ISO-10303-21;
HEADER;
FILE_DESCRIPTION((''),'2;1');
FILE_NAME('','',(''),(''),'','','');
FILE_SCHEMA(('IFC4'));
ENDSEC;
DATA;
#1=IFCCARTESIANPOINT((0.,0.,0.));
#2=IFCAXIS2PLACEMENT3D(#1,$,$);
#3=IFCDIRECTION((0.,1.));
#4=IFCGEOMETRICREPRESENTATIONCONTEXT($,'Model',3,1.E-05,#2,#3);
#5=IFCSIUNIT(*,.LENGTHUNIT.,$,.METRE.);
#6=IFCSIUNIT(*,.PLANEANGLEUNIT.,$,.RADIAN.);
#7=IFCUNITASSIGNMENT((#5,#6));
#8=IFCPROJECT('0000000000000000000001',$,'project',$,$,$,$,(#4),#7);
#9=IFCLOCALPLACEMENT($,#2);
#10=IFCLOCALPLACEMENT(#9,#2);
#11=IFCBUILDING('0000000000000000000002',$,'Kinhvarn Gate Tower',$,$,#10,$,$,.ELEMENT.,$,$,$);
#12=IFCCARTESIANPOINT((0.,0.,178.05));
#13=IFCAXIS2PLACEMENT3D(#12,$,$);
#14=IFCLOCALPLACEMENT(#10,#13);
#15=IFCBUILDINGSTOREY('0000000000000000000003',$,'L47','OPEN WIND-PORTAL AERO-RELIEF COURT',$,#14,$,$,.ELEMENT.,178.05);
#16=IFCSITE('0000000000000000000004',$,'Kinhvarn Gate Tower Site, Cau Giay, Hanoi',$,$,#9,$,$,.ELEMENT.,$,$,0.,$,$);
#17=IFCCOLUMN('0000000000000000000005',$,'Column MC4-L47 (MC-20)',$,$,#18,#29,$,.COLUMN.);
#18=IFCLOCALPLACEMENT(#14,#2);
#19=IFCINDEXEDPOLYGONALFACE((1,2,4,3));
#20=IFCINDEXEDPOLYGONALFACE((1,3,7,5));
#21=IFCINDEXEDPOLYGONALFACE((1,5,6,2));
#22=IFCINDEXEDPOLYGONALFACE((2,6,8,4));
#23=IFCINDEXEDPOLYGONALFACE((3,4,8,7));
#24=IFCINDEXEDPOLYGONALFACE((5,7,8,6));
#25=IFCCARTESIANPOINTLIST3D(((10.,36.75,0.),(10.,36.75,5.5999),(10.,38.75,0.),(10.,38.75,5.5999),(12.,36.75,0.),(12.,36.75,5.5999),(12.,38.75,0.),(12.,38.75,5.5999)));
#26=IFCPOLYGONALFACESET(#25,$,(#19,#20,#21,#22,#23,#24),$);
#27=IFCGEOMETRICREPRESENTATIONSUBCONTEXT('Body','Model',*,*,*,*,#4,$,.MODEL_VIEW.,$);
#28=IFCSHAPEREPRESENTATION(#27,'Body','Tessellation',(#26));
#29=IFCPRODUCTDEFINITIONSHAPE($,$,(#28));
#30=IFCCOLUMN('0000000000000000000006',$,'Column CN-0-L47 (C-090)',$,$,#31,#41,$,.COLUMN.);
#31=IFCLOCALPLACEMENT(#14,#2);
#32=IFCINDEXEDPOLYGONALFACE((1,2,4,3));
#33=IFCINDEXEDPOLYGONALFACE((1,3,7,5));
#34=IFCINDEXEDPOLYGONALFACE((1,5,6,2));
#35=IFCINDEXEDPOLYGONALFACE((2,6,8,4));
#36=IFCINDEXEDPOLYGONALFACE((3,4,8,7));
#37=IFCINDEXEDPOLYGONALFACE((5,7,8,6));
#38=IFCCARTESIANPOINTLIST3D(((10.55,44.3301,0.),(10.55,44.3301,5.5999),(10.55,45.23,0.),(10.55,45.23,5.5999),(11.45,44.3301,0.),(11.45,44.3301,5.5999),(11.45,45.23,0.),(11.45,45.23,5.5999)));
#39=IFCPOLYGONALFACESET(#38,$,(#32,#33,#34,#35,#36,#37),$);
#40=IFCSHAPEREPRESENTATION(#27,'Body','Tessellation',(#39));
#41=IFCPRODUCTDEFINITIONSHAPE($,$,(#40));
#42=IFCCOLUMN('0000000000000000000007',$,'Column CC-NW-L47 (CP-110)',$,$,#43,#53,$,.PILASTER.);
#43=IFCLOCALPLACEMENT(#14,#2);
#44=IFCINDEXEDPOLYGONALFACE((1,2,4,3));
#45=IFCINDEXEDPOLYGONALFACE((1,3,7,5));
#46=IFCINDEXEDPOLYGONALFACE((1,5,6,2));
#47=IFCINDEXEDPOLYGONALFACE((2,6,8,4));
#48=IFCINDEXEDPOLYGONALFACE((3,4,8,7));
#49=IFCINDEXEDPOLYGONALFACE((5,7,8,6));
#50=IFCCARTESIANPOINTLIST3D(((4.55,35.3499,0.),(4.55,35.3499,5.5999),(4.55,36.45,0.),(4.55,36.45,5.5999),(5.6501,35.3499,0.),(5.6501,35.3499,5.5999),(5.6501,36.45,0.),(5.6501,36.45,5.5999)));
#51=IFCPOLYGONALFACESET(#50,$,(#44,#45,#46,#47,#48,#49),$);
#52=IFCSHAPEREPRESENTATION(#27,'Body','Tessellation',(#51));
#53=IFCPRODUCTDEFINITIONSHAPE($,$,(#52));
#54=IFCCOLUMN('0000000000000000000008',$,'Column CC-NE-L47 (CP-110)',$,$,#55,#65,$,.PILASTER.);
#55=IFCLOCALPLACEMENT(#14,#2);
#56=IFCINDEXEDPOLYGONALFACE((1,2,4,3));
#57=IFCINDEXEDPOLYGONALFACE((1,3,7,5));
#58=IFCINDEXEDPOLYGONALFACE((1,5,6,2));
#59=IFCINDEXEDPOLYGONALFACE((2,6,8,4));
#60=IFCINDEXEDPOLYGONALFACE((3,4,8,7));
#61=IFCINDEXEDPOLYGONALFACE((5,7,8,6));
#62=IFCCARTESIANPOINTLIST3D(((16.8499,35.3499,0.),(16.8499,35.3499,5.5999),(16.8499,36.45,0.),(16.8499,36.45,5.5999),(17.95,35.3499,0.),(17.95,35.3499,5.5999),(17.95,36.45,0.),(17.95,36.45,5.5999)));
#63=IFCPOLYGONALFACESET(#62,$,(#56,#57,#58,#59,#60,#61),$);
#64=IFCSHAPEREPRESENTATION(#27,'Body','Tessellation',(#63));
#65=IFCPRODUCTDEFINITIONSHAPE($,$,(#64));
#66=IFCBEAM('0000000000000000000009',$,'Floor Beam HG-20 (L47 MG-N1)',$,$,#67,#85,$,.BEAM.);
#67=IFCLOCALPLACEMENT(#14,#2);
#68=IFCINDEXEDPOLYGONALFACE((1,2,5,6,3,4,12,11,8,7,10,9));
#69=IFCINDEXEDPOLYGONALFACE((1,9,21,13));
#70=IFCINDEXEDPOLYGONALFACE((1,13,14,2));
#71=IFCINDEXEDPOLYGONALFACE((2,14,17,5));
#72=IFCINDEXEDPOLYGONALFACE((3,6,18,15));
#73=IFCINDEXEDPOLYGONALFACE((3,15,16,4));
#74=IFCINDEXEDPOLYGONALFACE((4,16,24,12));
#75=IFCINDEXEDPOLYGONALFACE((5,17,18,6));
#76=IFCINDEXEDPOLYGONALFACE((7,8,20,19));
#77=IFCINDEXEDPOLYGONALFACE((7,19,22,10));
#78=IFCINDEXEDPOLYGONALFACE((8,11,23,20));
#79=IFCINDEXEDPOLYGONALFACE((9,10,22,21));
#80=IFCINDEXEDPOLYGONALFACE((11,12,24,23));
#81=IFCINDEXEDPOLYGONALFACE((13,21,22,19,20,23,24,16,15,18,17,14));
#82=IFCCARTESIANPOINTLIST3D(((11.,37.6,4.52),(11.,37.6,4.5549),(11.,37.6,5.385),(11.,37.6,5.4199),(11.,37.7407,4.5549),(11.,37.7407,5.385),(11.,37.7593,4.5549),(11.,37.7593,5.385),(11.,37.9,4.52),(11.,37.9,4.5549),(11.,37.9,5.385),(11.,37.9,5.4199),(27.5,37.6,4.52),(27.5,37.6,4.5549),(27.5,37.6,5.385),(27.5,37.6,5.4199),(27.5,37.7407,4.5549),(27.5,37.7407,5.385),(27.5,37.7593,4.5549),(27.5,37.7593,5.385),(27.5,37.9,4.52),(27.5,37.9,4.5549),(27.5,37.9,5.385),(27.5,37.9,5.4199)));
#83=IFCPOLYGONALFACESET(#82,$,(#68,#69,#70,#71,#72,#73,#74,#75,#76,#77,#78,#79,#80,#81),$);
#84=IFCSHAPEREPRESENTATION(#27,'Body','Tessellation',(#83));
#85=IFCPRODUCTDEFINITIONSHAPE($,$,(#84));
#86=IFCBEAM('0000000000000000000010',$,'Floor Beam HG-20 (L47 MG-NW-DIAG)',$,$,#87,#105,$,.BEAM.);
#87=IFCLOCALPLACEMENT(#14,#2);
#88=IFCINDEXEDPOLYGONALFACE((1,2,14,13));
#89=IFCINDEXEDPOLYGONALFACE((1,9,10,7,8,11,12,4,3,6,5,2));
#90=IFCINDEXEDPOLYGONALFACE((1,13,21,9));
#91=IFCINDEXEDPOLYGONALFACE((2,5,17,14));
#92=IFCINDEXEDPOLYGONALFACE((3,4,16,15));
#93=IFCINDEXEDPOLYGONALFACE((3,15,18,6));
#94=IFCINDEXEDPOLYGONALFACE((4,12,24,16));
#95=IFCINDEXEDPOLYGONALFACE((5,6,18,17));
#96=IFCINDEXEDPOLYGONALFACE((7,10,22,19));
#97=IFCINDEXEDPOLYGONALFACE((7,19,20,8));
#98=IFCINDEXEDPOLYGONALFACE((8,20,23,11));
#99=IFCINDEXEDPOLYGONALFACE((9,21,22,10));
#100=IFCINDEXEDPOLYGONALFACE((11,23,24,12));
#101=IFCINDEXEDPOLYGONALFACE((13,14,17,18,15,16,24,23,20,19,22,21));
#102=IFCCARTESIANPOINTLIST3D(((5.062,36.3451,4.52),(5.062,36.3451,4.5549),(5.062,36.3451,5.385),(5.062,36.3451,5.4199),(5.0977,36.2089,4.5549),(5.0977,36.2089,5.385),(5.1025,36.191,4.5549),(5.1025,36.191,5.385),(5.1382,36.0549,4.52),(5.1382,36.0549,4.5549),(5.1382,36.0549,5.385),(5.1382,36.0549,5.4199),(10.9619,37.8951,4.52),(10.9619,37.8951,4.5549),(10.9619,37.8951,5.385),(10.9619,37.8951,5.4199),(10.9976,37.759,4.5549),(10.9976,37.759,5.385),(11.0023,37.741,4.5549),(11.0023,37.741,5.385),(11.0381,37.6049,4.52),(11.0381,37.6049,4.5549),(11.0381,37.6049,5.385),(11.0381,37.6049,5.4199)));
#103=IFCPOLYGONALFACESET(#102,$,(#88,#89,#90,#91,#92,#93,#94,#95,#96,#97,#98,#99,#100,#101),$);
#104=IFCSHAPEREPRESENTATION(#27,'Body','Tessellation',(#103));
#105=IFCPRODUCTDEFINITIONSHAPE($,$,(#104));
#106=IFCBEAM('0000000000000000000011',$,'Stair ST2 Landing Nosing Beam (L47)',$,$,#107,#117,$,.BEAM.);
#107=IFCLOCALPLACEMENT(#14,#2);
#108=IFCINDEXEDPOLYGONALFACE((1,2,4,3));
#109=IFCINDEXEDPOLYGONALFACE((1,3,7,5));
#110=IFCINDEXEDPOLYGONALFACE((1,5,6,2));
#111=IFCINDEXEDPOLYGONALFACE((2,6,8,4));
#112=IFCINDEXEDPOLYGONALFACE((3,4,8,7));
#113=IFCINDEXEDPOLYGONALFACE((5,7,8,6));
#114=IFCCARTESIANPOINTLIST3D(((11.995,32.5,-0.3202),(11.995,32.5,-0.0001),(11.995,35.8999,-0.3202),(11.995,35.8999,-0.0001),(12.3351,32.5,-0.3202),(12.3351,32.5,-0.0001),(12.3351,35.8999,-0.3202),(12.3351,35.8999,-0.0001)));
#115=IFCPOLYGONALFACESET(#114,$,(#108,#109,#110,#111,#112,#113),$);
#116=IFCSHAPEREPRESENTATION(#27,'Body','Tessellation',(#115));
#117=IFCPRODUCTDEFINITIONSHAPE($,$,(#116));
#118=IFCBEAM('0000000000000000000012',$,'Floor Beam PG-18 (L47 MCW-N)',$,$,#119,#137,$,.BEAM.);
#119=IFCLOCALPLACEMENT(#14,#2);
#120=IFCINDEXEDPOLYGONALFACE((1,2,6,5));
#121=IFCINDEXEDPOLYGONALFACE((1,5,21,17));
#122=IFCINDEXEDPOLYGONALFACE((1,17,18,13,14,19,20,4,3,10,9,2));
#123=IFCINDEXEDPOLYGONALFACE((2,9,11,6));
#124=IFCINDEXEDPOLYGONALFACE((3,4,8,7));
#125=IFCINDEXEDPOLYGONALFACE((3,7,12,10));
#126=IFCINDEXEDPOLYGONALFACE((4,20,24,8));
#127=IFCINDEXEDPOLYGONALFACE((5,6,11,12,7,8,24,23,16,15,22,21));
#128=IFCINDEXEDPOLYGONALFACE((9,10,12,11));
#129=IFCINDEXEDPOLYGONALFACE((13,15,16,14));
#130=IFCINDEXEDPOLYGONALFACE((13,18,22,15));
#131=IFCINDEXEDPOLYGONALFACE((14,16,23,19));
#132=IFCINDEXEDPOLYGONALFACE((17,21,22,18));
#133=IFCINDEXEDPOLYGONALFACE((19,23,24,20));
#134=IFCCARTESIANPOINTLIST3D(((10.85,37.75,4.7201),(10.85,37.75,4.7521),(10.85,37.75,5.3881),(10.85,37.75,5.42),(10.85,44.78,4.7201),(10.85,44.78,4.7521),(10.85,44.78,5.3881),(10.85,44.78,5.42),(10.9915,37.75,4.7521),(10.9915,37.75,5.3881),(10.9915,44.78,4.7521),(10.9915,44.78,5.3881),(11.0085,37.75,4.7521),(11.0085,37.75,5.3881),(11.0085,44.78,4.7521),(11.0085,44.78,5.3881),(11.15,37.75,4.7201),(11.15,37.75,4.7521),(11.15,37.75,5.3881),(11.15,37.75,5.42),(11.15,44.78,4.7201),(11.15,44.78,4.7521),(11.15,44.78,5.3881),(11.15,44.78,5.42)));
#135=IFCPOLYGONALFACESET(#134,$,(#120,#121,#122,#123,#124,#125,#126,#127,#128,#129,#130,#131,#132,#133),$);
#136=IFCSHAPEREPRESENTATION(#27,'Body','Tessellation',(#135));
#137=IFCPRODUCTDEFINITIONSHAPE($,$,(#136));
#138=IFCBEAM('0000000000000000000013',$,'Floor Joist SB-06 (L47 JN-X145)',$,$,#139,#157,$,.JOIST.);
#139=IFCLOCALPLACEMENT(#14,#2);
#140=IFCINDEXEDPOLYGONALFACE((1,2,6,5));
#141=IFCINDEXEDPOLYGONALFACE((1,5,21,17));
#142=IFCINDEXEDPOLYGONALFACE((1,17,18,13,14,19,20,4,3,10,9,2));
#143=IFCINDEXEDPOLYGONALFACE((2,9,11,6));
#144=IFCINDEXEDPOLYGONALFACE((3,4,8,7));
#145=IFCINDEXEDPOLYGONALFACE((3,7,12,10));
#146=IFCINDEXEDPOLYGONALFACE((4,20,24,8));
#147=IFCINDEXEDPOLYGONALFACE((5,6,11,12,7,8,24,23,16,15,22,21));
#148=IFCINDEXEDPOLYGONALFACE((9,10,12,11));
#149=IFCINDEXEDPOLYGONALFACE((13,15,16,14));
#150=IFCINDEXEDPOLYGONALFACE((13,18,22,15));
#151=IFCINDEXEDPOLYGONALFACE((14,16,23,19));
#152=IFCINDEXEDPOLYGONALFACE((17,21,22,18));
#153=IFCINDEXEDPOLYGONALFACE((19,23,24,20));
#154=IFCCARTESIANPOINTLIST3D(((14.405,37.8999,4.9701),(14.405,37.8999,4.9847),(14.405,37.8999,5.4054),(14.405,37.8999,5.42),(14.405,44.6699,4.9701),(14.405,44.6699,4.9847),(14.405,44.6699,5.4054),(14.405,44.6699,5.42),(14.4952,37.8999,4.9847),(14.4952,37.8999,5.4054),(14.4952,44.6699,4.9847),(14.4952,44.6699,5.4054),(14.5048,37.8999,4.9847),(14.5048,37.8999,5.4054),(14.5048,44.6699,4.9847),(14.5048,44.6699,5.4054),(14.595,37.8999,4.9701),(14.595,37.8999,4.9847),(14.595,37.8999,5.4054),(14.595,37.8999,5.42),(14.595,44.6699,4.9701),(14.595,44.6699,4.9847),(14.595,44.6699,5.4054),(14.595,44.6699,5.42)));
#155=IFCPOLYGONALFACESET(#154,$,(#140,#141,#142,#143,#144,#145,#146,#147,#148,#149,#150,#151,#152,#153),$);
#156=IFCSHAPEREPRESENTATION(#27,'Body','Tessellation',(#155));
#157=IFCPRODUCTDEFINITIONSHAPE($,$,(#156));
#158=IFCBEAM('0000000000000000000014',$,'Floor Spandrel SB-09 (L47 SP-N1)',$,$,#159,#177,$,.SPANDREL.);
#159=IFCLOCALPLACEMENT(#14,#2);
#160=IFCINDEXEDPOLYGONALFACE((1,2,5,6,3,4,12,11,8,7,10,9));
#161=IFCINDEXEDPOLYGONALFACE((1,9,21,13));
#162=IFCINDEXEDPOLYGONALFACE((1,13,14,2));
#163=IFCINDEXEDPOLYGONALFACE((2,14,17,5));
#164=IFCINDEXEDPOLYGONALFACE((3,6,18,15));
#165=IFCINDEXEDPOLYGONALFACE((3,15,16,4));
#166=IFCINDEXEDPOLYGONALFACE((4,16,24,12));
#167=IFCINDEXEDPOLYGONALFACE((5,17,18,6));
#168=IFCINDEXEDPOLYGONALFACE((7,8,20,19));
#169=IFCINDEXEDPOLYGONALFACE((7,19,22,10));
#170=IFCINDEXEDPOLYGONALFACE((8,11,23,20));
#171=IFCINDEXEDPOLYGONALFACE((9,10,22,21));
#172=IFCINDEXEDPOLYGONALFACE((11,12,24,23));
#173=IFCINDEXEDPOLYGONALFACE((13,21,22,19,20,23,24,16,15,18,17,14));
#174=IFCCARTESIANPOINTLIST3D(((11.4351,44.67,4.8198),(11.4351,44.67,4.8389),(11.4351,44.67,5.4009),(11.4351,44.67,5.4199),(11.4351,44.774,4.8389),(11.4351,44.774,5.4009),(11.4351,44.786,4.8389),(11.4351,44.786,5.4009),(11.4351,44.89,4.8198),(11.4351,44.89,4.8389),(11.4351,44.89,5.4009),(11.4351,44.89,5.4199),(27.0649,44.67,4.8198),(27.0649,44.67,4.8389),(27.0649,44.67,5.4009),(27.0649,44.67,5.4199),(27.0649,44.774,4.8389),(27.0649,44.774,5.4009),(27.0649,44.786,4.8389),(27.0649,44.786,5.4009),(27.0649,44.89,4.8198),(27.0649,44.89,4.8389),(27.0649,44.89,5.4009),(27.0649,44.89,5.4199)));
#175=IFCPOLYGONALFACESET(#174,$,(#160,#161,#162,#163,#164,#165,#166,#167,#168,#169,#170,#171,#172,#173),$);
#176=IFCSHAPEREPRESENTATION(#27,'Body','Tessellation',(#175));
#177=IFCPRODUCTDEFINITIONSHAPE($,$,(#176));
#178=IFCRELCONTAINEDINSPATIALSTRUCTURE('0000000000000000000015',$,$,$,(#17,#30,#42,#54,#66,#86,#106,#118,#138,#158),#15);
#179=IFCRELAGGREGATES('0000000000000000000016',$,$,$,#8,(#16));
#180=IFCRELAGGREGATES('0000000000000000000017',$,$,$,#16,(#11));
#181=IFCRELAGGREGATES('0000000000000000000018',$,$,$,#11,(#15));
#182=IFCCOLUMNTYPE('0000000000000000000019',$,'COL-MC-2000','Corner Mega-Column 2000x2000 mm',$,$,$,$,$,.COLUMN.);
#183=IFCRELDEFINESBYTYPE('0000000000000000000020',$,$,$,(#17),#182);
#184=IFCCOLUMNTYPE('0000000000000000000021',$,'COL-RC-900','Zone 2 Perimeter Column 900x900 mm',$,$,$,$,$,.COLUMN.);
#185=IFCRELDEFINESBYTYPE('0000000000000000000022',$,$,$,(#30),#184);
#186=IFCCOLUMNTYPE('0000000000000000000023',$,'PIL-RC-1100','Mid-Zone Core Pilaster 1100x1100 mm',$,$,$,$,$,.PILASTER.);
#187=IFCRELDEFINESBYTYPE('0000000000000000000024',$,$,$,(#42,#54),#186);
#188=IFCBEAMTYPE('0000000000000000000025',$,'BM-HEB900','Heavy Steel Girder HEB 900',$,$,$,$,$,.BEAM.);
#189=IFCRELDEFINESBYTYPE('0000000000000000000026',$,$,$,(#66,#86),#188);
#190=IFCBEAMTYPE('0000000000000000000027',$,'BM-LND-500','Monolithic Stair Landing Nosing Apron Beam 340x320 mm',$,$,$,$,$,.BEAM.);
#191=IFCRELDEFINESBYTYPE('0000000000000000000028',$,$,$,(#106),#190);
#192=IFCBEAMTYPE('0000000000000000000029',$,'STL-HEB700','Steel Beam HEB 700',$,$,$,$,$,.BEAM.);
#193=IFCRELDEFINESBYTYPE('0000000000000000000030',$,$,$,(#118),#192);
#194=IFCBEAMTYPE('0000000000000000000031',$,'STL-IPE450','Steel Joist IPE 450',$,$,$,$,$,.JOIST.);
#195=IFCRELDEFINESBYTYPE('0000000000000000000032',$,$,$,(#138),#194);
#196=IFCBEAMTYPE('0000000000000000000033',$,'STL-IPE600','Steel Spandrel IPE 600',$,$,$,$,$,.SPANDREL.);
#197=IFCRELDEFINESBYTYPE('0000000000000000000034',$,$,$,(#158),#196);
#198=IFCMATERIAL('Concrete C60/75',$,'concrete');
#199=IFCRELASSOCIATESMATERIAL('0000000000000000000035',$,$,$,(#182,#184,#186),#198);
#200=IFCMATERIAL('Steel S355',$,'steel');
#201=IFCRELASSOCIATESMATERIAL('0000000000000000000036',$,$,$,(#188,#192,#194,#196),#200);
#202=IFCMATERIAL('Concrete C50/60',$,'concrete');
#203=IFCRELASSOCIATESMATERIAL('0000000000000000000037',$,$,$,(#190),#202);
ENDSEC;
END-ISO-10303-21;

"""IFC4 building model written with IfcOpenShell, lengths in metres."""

from ifc_helpers import new_model, si_unit, direction, frame, origin, origin_2d, place, context, subcontext, project, spatial, rectangle, i_section, extrude, material, material_profile, profile_set, type_object, element, save


model = new_model("IFC4")

# Units and contexts
model_context = context("Model", 3, precision=1e-05, world=origin(), true_north=direction((0.0, 1.0)))
body_context = subcontext(model_context, "Body", "Model", "MODEL_VIEW")
ifc_project = project(units=[si_unit("LENGTHUNIT", "METRE"), si_unit("PLANEANGLEUNIT", "RADIAN")], contexts=[model_context])

# Site, building, storey
site_placement = place(None, origin())
site = spatial("IfcSite", under=ifc_project, at=site_placement, Name="Kinhvarn Gate Tower Site, Cau Giay, Hanoi", CompositionType="ELEMENT", RefElevation=0.0)
building_placement = place(site_placement, origin())
building = spatial("IfcBuilding", under=site, at=building_placement, Name="Kinhvarn Gate Tower", CompositionType="ELEMENT")
storey_placement = place(building_placement, frame((0.0, 0.0, 178.05)))
storey = spatial("IfcBuildingStorey", under=building, at=storey_placement, Name="L47", Description="OPEN WIND-PORTAL AERO-RELIEF COURT", CompositionType="ELEMENT", Elevation=178.05)

# Columns
ifc_material_1 = material(Name="Concrete C60/75", Category="concrete")
ifc_material_profile_1 = material_profile(ifc_material_1, rectangle(XDim=2.0, YDim=2.0, at=origin_2d()), Name="RC 2000x2000")
ifc_profile_set_1 = profile_set([ifc_material_profile_1], Name="Concrete C60/75")
column_type_1 = type_object("IfcColumnType", Name="COL-MC-2000", Description="Corner Mega-Column 2000x2000 mm", PredefinedType="COLUMN", material=ifc_profile_set_1)
column_1_placement = place(storey_placement, frame((11.0, 37.75, 0.0), z_axis=(0.0, 0.0, 1.0), x_axis=(1.0, 0.0, 0.0)))
element("IfcColumn", 1, at=column_1_placement, inside=storey, type_object=column_type_1, Name="Column MC4-L47 (MC-20)", PredefinedType="COLUMN", context=body_context, shape_type="SweptSolid", body=[
    extrude(rectangle(XDim=2.0, YDim=2.0, at=origin_2d()), origin(), (0.0, 0.0, 1.0), 5.5999),
])
ifc_material_profile_2 = material_profile(ifc_material_1, rectangle(XDim=0.8999, YDim=0.8999, at=origin_2d()), Name="RC 900x900")
ifc_profile_set_2 = profile_set([ifc_material_profile_2], Name="Concrete C60/75")
column_type_2 = type_object("IfcColumnType", Name="COL-RC-900", Description="Zone 2 Perimeter Column 900x900 mm", PredefinedType="COLUMN", material=ifc_profile_set_2)
column_2_placement = place(storey_placement, frame((11.0, 44.78, 0.0), z_axis=(0.0, 0.0, 1.0), x_axis=(1.0, 0.0, 0.0)))
element("IfcColumn", 2, at=column_2_placement, inside=storey, type_object=column_type_2, Name="Column CN-0-L47 (C-090)", PredefinedType="COLUMN", context=body_context, shape_type="SweptSolid", body=[
    extrude(rectangle(XDim=0.8999, YDim=0.8999, at=origin_2d()), origin(), (0.0, 0.0, 1.0), 5.5999),
])
ifc_material_profile_3 = material_profile(ifc_material_1, rectangle(XDim=1.1001, YDim=1.1001, at=origin_2d()), Name="RC 1100x1100")
ifc_profile_set_3 = profile_set([ifc_material_profile_3], Name="Concrete C60/75")
column_type_3 = type_object("IfcColumnType", Name="PIL-RC-1100", Description="Mid-Zone Core Pilaster 1100x1100 mm", PredefinedType="PILASTER", material=ifc_profile_set_3)
for number, where, z_axis, x_axis, name in (
    (3, (5.1001, 35.8999, 0.0), (0.0, 0.0, 1.0), (1.0, 0.0, 0.0), "Column CC-NW-L47 (CP-110)"),
    (4, (17.3999, 35.8999, 0.0), (0.0, 0.0, 1.0), (1.0, 0.0, 0.0), "Column CC-NE-L47 (CP-110)"),
):
    element("IfcColumn", number, at=place(storey_placement, frame(where, z_axis=z_axis, x_axis=x_axis)), inside=storey, type_object=column_type_3, Name=name, PredefinedType="PILASTER", context=body_context, shape_type="SweptSolid", body=[
        extrude(rectangle(XDim=1.1001, YDim=1.1001, at=origin_2d()), origin(), (0.0, 0.0, 1.0), 5.5999),
    ])

# Beams
ifc_material_2 = material(Name="Steel S355", Category="steel")
ifc_material_profile_4 = material_profile(ifc_material_2, i_section(OverallWidth=0.3, OverallDepth=0.8999, WebThickness=0.0186, FlangeThickness=0.0349, at=origin_2d()), Name="HEB 900")
ifc_profile_set_4 = profile_set([ifc_material_profile_4], Name="Steel S355")
beam_type_1 = type_object("IfcBeamType", Name="BM-HEB900", Description="Heavy Steel Girder HEB 900", PredefinedType="BEAM", material=ifc_profile_set_4)
beam_1_placement = place(storey_placement, frame((11.0, 37.75, 4.97), z_axis=(1.0, 0.0, 0.0), x_axis=(0.0, 1.0, 0.0)))
element("IfcBeam", 5, at=beam_1_placement, inside=storey, type_object=beam_type_1, Name="Floor Beam HG-20 (L47 MG-N1)", PredefinedType="BEAM", context=body_context, shape_type="SweptSolid", body=[
    extrude(i_section(OverallWidth=0.3, OverallDepth=0.8999, WebThickness=0.0186, FlangeThickness=0.0349, at=origin_2d()), origin(), (0.0, 0.0, 1.0), 16.5),
])
beam_2_placement = place(storey_placement, frame((5.1001, 36.2, 4.97), z_axis=(0.967178, 0.254101, 0.0), x_axis=(-0.254101, 0.967178, 0.0)))
element("IfcBeam", 6, at=beam_2_placement, inside=storey, type_object=beam_type_1, Name="Floor Beam HG-20 (L47 MG-NW-DIAG)", PredefinedType="BEAM", context=body_context, shape_type="SweptSolid", body=[
    extrude(i_section(OverallWidth=0.3, OverallDepth=0.8999, WebThickness=0.0186, FlangeThickness=0.0349, at=origin_2d()), origin(), (0.0, 0.0, 1.0), 6.1001),
])
ifc_material_3 = material(Name="Concrete C50/60", Category="concrete")
ifc_material_profile_5 = material_profile(ifc_material_3, rectangle(XDim=0.3401, YDim=0.3201, at=origin_2d()), Name="RC 340x320")
ifc_profile_set_5 = profile_set([ifc_material_profile_5], Name="Concrete C50/60")
beam_type_2 = type_object("IfcBeamType", Name="BM-LND-500", Description="Monolithic Stair Landing Nosing Apron Beam 340x320 mm", PredefinedType="BEAM", material=ifc_profile_set_5)
beam_3_placement = place(storey_placement, frame((12.165, 32.5, -0.1602), z_axis=(0.0, 1.0, 0.0), x_axis=(-1.0, 0.0, 0.0)))
element("IfcBeam", 7, at=beam_3_placement, inside=storey, type_object=beam_type_2, Name="Stair ST2 Landing Nosing Beam (L47)", PredefinedType="BEAM", context=body_context, shape_type="SweptSolid", body=[
    extrude(rectangle(XDim=0.3401, YDim=0.3201, at=origin_2d()), origin(), (0.0, 0.0, 1.0), 3.3999),
])
ifc_material_profile_6 = material_profile(ifc_material_2, i_section(OverallWidth=0.3, OverallDepth=0.7, WebThickness=0.0171, FlangeThickness=0.032, at=origin_2d()), Name="HEB 700")
ifc_profile_set_6 = profile_set([ifc_material_profile_6], Name="Steel S355")
beam_type_3 = type_object("IfcBeamType", Name="STL-HEB700", Description="Steel Beam HEB 700", PredefinedType="BEAM", material=ifc_profile_set_6)
beam_4_placement = place(storey_placement, frame((11.0, 37.75, 5.0701), z_axis=(0.0, 1.0, 0.0), x_axis=(-1.0, 0.0, 0.0)))
element("IfcBeam", 8, at=beam_4_placement, inside=storey, type_object=beam_type_3, Name="Floor Beam PG-18 (L47 MCW-N)", PredefinedType="BEAM", context=body_context, shape_type="SweptSolid", body=[
    extrude(i_section(OverallWidth=0.3, OverallDepth=0.7, WebThickness=0.0171, FlangeThickness=0.032, at=origin_2d()), origin(), (0.0, 0.0, 1.0), 7.03),
])
ifc_material_profile_7 = material_profile(ifc_material_2, i_section(OverallWidth=0.1899, OverallDepth=0.45, WebThickness=0.0095, FlangeThickness=0.0146, at=origin_2d()), Name="IPE 450")
ifc_profile_set_7 = profile_set([ifc_material_profile_7], Name="Steel S355")
beam_type_4 = type_object("IfcBeamType", Name="STL-IPE450", Description="Steel Joist IPE 450", PredefinedType="JOIST", material=ifc_profile_set_7)
beam_5_placement = place(storey_placement, frame((14.5, 37.8999, 5.1951), z_axis=(0.0, 1.0, 0.0), x_axis=(-1.0, 0.0, 0.0)))
element("IfcBeam", 9, at=beam_5_placement, inside=storey, type_object=beam_type_4, Name="Floor Joist SB-06 (L47 JN-X145)", PredefinedType="JOIST", context=body_context, shape_type="SweptSolid", body=[
    extrude(i_section(OverallWidth=0.1899, OverallDepth=0.45, WebThickness=0.0095, FlangeThickness=0.0146, at=origin_2d()), origin(), (0.0, 0.0, 1.0), 6.77),
])
ifc_material_profile_8 = material_profile(ifc_material_2, i_section(OverallWidth=0.22, OverallDepth=0.6001, WebThickness=0.012, FlangeThickness=0.019, at=origin_2d()), Name="IPE 600")
ifc_profile_set_8 = profile_set([ifc_material_profile_8], Name="Steel S355")
beam_type_5 = type_object("IfcBeamType", Name="STL-IPE600", Description="Steel Spandrel IPE 600", PredefinedType="SPANDREL", material=ifc_profile_set_8)
beam_6_placement = place(storey_placement, frame((11.4351, 44.78, 5.1199), z_axis=(1.0, 0.0, 0.0), x_axis=(0.0, 1.0, 0.0)))
element("IfcBeam", 10, at=beam_6_placement, inside=storey, type_object=beam_type_5, Name="Floor Spandrel SB-09 (L47 SP-N1)", PredefinedType="SPANDREL", context=body_context, shape_type="SweptSolid", body=[
    extrude(i_section(OverallWidth=0.22, OverallDepth=0.6001, WebThickness=0.012, FlangeThickness=0.019, at=origin_2d()), origin(), (0.0, 0.0, 1.0), 15.6299),
])

save(model, "model.ifc")
